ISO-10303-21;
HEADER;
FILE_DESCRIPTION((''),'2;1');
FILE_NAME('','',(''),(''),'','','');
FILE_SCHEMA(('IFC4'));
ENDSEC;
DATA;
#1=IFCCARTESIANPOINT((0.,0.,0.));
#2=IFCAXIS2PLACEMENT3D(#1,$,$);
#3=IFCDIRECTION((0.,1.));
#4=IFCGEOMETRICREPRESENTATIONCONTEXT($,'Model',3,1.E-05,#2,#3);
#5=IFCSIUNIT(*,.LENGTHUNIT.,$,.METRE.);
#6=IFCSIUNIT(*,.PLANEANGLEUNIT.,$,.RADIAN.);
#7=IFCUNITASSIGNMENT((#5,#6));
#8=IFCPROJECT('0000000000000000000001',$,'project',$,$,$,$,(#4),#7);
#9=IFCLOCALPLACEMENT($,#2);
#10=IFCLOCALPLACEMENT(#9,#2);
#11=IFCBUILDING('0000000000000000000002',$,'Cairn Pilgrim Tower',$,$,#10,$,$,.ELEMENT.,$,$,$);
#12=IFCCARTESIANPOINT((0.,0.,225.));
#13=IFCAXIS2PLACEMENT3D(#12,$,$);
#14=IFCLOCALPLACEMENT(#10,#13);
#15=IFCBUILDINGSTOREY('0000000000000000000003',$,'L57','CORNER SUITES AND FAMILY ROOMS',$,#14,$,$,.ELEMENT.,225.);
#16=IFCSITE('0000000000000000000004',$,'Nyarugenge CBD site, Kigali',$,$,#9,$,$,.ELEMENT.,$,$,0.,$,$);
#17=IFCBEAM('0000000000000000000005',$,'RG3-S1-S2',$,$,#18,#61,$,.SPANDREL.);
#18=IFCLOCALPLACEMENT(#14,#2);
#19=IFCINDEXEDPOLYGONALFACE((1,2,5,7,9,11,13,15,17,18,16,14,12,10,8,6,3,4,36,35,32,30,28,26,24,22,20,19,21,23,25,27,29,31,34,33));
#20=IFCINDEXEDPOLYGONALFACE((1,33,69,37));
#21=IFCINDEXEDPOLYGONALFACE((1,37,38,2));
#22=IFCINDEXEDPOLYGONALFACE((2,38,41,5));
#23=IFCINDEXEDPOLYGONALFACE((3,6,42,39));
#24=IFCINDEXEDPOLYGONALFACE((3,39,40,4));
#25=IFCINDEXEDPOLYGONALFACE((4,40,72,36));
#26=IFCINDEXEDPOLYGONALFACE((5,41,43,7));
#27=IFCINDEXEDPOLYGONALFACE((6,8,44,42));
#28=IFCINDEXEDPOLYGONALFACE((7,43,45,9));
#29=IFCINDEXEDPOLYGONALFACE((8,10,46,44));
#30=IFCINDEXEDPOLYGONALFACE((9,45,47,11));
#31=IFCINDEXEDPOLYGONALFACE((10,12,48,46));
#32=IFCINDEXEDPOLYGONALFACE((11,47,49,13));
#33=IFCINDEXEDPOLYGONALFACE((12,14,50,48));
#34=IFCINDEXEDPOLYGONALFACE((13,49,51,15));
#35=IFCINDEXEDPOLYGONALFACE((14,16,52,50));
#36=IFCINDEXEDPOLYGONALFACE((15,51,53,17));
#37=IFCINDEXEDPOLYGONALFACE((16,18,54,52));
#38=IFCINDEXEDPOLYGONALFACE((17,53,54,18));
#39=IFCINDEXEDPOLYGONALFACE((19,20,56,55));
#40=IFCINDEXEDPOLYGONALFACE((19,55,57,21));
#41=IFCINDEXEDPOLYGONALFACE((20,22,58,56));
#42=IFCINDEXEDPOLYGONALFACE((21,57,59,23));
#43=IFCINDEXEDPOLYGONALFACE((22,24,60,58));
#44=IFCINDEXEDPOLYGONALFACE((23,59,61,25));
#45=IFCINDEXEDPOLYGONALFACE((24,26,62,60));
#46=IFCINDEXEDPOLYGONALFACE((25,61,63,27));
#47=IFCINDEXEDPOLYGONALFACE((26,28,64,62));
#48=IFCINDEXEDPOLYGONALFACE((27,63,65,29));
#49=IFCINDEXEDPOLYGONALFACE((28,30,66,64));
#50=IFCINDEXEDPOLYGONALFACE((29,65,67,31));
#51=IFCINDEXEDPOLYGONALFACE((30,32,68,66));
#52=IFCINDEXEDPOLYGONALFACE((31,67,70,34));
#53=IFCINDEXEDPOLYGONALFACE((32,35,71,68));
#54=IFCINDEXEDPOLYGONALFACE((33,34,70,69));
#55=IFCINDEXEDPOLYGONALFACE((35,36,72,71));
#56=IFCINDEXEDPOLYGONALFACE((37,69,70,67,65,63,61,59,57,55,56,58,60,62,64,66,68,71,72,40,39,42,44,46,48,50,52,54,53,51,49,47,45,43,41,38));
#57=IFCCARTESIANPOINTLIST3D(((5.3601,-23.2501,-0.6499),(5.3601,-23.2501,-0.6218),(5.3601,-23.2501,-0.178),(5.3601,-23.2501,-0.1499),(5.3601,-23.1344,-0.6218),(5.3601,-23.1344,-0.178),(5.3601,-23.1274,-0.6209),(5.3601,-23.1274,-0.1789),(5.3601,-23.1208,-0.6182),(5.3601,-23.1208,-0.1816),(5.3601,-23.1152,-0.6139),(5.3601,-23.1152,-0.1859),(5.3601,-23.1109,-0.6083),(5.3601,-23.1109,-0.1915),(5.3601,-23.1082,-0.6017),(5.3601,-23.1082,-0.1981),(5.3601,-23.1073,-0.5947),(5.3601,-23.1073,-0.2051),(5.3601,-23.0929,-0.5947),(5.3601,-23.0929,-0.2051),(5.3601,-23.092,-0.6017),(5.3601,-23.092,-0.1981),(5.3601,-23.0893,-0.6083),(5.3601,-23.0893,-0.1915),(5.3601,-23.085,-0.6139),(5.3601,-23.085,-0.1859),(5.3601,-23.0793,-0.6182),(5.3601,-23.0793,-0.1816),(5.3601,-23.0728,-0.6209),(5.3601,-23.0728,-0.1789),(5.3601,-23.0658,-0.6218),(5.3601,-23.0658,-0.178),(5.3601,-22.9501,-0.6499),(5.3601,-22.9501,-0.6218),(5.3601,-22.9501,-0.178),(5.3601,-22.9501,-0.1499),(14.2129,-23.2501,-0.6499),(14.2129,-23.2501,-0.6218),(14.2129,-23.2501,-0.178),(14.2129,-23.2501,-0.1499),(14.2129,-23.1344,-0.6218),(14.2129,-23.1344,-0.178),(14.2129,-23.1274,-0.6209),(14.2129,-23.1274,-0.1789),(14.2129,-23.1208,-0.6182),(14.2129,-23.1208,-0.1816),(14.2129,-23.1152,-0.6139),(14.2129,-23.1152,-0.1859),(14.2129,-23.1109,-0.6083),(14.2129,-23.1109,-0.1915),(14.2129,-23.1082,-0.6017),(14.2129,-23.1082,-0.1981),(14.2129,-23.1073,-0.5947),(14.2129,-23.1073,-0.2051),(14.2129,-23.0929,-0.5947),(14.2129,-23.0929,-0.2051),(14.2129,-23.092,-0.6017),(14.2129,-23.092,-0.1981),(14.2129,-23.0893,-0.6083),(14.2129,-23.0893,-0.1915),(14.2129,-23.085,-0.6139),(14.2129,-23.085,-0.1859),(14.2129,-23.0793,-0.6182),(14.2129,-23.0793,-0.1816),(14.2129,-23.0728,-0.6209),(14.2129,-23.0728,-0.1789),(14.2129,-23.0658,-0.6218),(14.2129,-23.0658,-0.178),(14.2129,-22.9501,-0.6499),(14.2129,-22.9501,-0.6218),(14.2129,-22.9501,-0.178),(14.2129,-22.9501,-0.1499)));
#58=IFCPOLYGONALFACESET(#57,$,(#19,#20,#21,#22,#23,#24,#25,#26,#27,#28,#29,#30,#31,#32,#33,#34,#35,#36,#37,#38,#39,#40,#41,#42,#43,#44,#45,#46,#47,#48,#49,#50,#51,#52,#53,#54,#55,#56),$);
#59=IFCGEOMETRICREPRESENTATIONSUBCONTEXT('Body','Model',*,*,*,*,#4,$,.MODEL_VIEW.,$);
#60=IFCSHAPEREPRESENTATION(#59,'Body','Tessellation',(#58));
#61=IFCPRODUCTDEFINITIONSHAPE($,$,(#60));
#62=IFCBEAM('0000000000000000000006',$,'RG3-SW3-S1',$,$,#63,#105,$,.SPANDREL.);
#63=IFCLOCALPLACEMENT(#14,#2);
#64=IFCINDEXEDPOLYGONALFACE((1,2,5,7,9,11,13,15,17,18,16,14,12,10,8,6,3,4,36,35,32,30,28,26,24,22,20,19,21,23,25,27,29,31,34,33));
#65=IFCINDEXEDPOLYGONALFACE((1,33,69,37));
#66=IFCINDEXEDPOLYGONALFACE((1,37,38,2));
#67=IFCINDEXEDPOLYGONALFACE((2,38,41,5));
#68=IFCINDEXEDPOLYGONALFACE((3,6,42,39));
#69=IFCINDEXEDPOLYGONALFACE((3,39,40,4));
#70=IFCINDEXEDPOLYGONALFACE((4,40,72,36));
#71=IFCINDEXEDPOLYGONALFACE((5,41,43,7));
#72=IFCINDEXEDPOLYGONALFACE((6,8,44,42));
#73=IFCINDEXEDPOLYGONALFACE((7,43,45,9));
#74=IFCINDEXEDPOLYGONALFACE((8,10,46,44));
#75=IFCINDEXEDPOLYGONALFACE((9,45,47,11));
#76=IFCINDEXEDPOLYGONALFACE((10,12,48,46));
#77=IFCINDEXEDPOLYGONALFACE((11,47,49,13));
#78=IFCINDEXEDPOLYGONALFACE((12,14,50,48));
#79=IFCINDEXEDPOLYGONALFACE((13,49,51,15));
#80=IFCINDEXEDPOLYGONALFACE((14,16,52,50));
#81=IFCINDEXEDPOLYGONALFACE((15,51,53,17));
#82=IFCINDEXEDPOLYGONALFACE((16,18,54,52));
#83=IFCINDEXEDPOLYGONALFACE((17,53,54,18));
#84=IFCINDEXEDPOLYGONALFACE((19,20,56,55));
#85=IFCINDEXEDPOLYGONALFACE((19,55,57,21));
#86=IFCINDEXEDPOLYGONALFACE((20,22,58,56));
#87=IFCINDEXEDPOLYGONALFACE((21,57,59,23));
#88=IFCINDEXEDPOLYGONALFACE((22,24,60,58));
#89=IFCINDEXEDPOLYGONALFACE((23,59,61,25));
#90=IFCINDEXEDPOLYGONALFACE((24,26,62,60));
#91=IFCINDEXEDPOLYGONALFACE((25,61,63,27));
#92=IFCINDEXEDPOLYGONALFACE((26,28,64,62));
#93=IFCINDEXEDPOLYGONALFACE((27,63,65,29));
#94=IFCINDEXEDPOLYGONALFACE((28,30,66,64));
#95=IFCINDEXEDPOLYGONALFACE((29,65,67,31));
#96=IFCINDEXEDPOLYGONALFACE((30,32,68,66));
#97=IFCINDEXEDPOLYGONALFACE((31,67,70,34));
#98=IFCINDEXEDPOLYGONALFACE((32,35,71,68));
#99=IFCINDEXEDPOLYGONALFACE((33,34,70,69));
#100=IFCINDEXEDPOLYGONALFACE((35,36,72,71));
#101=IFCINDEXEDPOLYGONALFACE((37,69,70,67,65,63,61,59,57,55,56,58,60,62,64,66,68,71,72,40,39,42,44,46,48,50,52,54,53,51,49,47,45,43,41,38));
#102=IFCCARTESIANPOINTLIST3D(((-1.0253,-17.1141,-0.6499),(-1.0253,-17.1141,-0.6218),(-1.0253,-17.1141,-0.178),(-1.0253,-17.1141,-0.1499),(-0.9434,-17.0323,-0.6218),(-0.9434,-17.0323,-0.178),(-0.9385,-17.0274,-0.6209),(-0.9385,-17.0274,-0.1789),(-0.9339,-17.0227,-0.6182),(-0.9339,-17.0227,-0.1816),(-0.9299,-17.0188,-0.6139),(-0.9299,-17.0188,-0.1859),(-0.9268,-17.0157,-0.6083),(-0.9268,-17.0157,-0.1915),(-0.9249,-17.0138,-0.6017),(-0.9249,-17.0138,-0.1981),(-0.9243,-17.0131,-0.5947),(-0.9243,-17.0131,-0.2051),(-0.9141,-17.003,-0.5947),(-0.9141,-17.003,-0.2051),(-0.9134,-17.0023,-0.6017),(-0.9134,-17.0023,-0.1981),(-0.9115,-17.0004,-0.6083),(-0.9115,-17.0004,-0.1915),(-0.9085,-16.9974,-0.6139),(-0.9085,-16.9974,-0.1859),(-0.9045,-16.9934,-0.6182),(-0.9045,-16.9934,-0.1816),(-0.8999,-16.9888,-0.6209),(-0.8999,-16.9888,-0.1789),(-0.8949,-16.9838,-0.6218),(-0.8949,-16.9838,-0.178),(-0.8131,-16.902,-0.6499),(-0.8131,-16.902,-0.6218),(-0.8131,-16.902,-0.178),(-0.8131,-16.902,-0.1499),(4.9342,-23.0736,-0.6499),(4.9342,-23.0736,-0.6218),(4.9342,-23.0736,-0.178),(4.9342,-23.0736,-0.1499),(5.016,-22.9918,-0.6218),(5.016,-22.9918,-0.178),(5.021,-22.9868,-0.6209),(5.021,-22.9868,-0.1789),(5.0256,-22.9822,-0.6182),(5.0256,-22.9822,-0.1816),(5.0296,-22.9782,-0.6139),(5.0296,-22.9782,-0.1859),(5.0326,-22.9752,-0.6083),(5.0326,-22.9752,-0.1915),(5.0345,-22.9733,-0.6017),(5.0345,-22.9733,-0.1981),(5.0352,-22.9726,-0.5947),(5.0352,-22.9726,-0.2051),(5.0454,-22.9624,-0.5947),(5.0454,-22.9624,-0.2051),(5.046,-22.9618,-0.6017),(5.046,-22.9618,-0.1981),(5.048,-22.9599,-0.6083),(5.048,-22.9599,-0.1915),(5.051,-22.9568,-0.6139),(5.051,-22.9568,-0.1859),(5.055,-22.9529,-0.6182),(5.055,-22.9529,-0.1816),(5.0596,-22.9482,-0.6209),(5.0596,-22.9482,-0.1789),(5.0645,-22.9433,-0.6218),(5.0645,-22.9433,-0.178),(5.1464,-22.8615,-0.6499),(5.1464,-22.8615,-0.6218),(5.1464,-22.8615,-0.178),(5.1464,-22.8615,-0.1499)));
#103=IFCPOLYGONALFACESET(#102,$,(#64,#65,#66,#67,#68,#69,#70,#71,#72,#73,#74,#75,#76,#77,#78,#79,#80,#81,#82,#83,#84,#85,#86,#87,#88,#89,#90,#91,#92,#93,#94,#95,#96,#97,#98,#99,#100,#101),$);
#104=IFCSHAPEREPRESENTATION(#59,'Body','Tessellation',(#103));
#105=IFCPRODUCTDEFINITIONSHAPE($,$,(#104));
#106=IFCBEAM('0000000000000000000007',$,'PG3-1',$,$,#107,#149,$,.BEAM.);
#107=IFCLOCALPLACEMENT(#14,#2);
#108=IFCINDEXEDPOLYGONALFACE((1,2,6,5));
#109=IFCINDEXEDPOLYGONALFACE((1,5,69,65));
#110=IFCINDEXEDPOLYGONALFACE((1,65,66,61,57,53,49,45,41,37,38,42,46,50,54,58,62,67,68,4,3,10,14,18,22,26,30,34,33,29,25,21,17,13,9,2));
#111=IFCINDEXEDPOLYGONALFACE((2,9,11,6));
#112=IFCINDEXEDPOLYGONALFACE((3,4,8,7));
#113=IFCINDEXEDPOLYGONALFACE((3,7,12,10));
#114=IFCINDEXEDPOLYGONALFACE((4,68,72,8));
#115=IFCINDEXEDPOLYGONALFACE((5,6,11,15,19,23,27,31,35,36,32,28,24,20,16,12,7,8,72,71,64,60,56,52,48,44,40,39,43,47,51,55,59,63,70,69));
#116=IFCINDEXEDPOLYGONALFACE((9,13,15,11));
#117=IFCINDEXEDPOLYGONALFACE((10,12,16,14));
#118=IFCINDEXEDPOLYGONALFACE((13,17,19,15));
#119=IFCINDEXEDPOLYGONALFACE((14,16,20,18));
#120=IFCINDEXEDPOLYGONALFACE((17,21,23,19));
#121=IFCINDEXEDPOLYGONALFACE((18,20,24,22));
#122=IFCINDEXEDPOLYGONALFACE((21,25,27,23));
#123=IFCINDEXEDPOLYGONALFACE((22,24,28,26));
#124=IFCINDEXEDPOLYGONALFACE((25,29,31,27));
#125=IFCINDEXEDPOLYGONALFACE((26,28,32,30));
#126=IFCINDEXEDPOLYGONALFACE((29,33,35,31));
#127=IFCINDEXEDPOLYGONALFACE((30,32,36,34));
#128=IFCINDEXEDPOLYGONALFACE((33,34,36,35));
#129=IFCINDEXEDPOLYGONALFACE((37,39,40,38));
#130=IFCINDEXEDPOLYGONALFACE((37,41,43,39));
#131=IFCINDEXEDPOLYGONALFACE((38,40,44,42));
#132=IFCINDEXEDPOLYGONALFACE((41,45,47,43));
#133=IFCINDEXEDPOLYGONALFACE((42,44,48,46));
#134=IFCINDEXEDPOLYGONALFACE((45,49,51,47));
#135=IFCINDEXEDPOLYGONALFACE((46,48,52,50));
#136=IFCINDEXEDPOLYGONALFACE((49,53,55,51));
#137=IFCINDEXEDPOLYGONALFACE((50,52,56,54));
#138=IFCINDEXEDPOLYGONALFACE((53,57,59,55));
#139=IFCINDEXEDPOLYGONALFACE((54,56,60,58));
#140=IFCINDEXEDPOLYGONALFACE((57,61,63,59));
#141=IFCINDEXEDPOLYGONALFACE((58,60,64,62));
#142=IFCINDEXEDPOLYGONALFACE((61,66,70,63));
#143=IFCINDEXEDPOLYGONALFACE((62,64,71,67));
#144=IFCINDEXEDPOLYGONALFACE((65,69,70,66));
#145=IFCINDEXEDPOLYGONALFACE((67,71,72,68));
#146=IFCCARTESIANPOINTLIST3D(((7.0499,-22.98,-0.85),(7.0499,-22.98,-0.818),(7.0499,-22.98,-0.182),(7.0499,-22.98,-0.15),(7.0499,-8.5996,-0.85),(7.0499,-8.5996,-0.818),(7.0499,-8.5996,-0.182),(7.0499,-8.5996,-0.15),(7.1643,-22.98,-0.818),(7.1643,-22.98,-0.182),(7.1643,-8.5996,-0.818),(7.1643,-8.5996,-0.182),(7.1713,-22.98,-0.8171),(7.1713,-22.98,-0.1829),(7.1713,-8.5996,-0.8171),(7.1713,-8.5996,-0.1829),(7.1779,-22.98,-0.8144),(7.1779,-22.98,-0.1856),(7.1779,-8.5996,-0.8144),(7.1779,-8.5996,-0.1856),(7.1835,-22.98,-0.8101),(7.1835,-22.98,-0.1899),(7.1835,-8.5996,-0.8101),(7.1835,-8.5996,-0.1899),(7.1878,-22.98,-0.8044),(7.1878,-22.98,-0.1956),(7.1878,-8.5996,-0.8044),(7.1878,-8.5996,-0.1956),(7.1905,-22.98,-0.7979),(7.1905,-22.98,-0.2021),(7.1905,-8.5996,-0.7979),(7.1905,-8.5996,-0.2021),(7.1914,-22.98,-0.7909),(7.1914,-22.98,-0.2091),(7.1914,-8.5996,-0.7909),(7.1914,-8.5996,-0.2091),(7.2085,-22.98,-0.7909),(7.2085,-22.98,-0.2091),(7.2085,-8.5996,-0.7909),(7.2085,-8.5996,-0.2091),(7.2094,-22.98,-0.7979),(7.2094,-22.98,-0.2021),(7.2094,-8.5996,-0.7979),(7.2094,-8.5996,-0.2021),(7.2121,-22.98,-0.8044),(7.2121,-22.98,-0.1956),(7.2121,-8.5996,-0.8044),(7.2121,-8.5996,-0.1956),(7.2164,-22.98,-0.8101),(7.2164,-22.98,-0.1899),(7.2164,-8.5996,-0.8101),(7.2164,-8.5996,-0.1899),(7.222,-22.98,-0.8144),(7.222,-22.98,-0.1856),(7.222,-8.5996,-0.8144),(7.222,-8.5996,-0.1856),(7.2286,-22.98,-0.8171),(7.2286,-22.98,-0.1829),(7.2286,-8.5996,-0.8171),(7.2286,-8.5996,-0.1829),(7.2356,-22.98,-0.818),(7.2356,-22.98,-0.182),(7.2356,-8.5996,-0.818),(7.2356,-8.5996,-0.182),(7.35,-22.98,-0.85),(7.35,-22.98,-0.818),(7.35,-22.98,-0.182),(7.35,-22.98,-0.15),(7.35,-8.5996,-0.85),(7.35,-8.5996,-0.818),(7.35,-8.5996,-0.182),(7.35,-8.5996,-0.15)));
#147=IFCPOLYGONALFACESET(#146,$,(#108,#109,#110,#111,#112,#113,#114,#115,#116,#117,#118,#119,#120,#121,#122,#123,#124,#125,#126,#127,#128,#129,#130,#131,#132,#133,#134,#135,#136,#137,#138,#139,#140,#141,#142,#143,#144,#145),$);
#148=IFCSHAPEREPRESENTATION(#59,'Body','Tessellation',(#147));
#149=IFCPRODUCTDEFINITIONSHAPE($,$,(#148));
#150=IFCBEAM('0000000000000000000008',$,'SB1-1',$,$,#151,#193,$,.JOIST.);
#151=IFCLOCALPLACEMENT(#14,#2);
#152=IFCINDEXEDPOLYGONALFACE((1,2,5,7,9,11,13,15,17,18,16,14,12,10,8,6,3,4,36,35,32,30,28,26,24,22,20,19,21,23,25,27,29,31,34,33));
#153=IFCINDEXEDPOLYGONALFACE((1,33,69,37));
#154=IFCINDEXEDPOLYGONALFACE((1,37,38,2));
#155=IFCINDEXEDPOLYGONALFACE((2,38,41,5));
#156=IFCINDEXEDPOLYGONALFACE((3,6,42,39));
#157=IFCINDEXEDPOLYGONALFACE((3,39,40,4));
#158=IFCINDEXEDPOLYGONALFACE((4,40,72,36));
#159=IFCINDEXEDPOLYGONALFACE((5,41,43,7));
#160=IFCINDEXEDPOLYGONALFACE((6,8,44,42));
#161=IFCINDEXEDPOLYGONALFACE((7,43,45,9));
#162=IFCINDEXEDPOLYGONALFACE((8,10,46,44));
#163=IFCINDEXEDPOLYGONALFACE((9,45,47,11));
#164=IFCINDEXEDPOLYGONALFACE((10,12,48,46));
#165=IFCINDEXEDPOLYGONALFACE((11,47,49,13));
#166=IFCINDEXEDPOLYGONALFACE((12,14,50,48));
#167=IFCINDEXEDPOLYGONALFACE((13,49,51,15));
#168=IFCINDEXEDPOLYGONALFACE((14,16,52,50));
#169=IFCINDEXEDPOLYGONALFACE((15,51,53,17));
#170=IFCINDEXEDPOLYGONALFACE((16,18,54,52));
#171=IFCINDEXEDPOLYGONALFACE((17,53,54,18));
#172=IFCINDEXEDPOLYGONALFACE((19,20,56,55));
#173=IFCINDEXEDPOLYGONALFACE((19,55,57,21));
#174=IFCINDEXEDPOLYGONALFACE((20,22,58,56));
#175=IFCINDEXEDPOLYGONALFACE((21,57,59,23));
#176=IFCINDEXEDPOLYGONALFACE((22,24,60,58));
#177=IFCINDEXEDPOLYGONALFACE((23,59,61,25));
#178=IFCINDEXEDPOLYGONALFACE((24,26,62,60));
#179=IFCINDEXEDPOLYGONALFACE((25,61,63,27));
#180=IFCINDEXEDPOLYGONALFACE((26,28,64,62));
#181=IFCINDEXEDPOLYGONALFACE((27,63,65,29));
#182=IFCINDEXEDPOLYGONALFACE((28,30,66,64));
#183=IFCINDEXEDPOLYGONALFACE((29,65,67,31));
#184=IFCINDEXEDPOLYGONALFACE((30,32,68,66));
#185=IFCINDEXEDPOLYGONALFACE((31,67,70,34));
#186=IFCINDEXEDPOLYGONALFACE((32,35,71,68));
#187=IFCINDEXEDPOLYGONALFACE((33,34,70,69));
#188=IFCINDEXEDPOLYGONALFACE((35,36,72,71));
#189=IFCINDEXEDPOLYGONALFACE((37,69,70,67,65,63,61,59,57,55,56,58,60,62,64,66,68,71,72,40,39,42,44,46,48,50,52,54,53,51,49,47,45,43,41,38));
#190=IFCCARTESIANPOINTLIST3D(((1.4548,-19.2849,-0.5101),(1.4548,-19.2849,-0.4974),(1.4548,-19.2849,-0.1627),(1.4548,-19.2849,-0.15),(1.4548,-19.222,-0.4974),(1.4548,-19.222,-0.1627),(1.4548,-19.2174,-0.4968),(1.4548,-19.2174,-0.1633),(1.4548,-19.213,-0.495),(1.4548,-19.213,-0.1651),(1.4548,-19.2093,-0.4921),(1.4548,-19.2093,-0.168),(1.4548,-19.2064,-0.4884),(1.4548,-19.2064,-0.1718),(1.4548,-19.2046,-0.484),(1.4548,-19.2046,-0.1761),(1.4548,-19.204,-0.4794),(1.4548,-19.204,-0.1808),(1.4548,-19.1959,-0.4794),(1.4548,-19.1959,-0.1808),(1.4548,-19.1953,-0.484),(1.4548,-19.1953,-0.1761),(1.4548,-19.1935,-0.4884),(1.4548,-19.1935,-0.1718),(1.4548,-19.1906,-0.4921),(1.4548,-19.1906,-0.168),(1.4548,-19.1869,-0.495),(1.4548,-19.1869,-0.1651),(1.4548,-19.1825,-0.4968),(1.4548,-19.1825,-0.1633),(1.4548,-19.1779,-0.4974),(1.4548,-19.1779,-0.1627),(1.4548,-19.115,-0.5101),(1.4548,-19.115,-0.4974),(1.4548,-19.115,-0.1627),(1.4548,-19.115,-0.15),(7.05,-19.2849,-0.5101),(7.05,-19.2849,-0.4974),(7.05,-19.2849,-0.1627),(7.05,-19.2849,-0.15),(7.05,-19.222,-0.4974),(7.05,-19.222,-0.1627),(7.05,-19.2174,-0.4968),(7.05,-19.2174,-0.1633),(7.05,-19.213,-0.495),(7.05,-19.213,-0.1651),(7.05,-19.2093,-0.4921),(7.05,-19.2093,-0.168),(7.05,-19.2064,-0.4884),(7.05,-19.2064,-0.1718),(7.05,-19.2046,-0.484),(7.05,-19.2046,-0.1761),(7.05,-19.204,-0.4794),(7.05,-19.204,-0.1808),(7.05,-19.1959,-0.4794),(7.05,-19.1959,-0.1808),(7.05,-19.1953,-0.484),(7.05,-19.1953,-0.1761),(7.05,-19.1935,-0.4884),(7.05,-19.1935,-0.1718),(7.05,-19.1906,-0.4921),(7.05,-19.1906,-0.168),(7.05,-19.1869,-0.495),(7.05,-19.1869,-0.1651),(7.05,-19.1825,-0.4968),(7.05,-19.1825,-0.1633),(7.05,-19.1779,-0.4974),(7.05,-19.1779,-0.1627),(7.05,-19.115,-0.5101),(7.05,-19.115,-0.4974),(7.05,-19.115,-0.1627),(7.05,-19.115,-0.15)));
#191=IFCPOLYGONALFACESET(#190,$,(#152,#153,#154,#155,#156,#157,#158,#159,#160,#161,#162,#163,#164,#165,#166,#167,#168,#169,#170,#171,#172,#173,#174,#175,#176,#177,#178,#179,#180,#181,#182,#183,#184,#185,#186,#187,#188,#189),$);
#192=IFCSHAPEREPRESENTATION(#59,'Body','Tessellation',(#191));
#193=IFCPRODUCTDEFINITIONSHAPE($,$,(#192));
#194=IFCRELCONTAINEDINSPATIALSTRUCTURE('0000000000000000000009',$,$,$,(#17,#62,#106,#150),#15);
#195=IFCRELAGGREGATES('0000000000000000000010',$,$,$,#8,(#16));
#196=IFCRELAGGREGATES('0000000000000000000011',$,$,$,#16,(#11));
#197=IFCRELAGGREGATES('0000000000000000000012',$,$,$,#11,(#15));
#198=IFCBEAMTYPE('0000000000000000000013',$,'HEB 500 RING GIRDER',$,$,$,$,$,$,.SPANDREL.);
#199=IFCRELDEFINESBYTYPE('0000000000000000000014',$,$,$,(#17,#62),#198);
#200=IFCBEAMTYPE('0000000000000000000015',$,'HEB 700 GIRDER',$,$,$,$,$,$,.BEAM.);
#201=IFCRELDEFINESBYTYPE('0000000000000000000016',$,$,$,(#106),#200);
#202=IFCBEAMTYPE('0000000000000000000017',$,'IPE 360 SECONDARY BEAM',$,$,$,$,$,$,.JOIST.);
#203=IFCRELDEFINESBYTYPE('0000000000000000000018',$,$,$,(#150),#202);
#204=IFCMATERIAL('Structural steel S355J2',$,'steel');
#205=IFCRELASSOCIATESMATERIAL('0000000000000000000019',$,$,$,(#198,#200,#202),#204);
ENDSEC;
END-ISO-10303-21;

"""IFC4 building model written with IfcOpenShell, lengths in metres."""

from ifc_helpers import new_model, si_unit, direction, frame, origin, origin_2d, place, context, subcontext, project, spatial, i_section, extrude, material, material_profile, profile_set, type_object, element, save


model = new_model("IFC4")

# Units and contexts
model_context = context("Model", 3, precision=1e-05, world=origin(), true_north=direction((0.0, 1.0)))
body_context = subcontext(model_context, "Body", "Model", "MODEL_VIEW")
ifc_project = project(units=[si_unit("LENGTHUNIT", "METRE"), si_unit("PLANEANGLEUNIT", "RADIAN")], contexts=[model_context])

# Site, building, storey
site_placement = place(None, origin())
site = spatial("IfcSite", under=ifc_project, at=site_placement, Name="Nyarugenge CBD site, Kigali", CompositionType="ELEMENT", RefElevation=0.0)
building_placement = place(site_placement, origin())
building = spatial("IfcBuilding", under=site, at=building_placement, Name="Cairn Pilgrim Tower", CompositionType="ELEMENT")
storey_placement = place(building_placement, frame((0.0, 0.0, 225.0)))
storey = spatial("IfcBuildingStorey", under=building, at=storey_placement, Name="L57", Description="CORNER SUITES AND FAMILY ROOMS", CompositionType="ELEMENT", Elevation=225.0)

# Beams
ifc_material_1 = material(Name="Structural steel S355J2", Category="steel")
ifc_material_profile_1 = material_profile(ifc_material_1, i_section(OverallWidth=0.3, OverallDepth=0.5, WebThickness=0.0144, FlangeThickness=0.0281, FilletRadius=0.0271, at=origin_2d()), Name="HEB 500")
ifc_profile_set_1 = profile_set([ifc_material_profile_1], Name="Structural steel S355J2")
beam_type_1 = type_object("IfcBeamType", Name="HEB 500 RING GIRDER", PredefinedType="SPANDREL", material=ifc_profile_set_1)
beam_1_placement = place(storey_placement, frame((5.3601, -23.1001, -0.3999), z_axis=(1.0, 0.0, 0.0), x_axis=(0.0, 1.0, 0.0)))
element("IfcBeam", 1, at=beam_1_placement, inside=storey, type_object=beam_type_1, Name="RG3-S1-S2", PredefinedType="SPANDREL", context=body_context, shape_type="SweptSolid", body=[
    extrude(i_section(OverallWidth=0.3, OverallDepth=0.5, WebThickness=0.0144, FlangeThickness=0.0281, FilletRadius=0.0271, at=origin_2d()), origin(), (0.0, 0.0, 1.0), 8.8528),
])
beam_2_placement = place(storey_placement, frame((-0.9192, -17.0081, -0.3999), z_axis=(0.707107, -0.707107, 0.0), x_axis=(0.707107, 0.707107, 0.0)))
element("IfcBeam", 2, at=beam_2_placement, inside=storey, type_object=beam_type_1, Name="RG3-SW3-S1", PredefinedType="SPANDREL", context=body_context, shape_type="SweptSolid", body=[
    extrude(i_section(OverallWidth=0.3, OverallDepth=0.5, WebThickness=0.0144, FlangeThickness=0.0281, FilletRadius=0.0271, at=origin_2d()), origin(), (0.0, 0.0, 1.0), 8.428),
])
ifc_material_profile_2 = material_profile(ifc_material_1, i_section(OverallWidth=0.3, OverallDepth=0.7, WebThickness=0.0171, FlangeThickness=0.032, FilletRadius=0.0271, at=origin_2d()), Name="HEB 700")
ifc_profile_set_2 = profile_set([ifc_material_profile_2], Name="Structural steel S355J2")
beam_type_2 = type_object("IfcBeamType", Name="HEB 700 GIRDER", PredefinedType="BEAM", material=ifc_profile_set_2)
beam_3_placement = place(storey_placement, frame((7.2, -22.98, -0.5), z_axis=(0.0, 1.0, 0.0), x_axis=(-1.0, 0.0, 0.0)))
element("IfcBeam", 3, at=beam_3_placement, inside=storey, type_object=beam_type_2, Name="PG3-1", PredefinedType="BEAM", context=body_context, shape_type="SweptSolid", body=[
    extrude(i_section(OverallWidth=0.3, OverallDepth=0.7, WebThickness=0.0171, FlangeThickness=0.032, FilletRadius=0.0271, at=origin_2d()), origin(), (0.0, 0.0, 1.0), 14.3804),
])
ifc_material_profile_3 = material_profile(ifc_material_1, i_section(OverallWidth=0.1699, OverallDepth=0.3601, WebThickness=0.0081, FlangeThickness=0.0127, FilletRadius=0.0181, at=origin_2d()), Name="IPE 360")
ifc_profile_set_3 = profile_set([ifc_material_profile_3], Name="Structural steel S355J2")
beam_type_3 = type_object("IfcBeamType", Name="IPE 360 SECONDARY BEAM", PredefinedType="JOIST", material=ifc_profile_set_3)
beam_4_placement = place(storey_placement, frame((1.4548, -19.2, -0.3301), z_axis=(1.0, 0.0, 0.0), x_axis=(0.0, 1.0, 0.0)))
element("IfcBeam", 4, at=beam_4_placement, inside=storey, type_object=beam_type_3, Name="SB1-1", PredefinedType="JOIST", context=body_context, shape_type="SweptSolid", body=[
    extrude(i_section(OverallWidth=0.1699, OverallDepth=0.3601, WebThickness=0.0081, FlangeThickness=0.0127, FilletRadius=0.0181, at=origin_2d()), origin(), (0.0, 0.0, 1.0), 5.5952),
])

save(model, "model.ifc")
